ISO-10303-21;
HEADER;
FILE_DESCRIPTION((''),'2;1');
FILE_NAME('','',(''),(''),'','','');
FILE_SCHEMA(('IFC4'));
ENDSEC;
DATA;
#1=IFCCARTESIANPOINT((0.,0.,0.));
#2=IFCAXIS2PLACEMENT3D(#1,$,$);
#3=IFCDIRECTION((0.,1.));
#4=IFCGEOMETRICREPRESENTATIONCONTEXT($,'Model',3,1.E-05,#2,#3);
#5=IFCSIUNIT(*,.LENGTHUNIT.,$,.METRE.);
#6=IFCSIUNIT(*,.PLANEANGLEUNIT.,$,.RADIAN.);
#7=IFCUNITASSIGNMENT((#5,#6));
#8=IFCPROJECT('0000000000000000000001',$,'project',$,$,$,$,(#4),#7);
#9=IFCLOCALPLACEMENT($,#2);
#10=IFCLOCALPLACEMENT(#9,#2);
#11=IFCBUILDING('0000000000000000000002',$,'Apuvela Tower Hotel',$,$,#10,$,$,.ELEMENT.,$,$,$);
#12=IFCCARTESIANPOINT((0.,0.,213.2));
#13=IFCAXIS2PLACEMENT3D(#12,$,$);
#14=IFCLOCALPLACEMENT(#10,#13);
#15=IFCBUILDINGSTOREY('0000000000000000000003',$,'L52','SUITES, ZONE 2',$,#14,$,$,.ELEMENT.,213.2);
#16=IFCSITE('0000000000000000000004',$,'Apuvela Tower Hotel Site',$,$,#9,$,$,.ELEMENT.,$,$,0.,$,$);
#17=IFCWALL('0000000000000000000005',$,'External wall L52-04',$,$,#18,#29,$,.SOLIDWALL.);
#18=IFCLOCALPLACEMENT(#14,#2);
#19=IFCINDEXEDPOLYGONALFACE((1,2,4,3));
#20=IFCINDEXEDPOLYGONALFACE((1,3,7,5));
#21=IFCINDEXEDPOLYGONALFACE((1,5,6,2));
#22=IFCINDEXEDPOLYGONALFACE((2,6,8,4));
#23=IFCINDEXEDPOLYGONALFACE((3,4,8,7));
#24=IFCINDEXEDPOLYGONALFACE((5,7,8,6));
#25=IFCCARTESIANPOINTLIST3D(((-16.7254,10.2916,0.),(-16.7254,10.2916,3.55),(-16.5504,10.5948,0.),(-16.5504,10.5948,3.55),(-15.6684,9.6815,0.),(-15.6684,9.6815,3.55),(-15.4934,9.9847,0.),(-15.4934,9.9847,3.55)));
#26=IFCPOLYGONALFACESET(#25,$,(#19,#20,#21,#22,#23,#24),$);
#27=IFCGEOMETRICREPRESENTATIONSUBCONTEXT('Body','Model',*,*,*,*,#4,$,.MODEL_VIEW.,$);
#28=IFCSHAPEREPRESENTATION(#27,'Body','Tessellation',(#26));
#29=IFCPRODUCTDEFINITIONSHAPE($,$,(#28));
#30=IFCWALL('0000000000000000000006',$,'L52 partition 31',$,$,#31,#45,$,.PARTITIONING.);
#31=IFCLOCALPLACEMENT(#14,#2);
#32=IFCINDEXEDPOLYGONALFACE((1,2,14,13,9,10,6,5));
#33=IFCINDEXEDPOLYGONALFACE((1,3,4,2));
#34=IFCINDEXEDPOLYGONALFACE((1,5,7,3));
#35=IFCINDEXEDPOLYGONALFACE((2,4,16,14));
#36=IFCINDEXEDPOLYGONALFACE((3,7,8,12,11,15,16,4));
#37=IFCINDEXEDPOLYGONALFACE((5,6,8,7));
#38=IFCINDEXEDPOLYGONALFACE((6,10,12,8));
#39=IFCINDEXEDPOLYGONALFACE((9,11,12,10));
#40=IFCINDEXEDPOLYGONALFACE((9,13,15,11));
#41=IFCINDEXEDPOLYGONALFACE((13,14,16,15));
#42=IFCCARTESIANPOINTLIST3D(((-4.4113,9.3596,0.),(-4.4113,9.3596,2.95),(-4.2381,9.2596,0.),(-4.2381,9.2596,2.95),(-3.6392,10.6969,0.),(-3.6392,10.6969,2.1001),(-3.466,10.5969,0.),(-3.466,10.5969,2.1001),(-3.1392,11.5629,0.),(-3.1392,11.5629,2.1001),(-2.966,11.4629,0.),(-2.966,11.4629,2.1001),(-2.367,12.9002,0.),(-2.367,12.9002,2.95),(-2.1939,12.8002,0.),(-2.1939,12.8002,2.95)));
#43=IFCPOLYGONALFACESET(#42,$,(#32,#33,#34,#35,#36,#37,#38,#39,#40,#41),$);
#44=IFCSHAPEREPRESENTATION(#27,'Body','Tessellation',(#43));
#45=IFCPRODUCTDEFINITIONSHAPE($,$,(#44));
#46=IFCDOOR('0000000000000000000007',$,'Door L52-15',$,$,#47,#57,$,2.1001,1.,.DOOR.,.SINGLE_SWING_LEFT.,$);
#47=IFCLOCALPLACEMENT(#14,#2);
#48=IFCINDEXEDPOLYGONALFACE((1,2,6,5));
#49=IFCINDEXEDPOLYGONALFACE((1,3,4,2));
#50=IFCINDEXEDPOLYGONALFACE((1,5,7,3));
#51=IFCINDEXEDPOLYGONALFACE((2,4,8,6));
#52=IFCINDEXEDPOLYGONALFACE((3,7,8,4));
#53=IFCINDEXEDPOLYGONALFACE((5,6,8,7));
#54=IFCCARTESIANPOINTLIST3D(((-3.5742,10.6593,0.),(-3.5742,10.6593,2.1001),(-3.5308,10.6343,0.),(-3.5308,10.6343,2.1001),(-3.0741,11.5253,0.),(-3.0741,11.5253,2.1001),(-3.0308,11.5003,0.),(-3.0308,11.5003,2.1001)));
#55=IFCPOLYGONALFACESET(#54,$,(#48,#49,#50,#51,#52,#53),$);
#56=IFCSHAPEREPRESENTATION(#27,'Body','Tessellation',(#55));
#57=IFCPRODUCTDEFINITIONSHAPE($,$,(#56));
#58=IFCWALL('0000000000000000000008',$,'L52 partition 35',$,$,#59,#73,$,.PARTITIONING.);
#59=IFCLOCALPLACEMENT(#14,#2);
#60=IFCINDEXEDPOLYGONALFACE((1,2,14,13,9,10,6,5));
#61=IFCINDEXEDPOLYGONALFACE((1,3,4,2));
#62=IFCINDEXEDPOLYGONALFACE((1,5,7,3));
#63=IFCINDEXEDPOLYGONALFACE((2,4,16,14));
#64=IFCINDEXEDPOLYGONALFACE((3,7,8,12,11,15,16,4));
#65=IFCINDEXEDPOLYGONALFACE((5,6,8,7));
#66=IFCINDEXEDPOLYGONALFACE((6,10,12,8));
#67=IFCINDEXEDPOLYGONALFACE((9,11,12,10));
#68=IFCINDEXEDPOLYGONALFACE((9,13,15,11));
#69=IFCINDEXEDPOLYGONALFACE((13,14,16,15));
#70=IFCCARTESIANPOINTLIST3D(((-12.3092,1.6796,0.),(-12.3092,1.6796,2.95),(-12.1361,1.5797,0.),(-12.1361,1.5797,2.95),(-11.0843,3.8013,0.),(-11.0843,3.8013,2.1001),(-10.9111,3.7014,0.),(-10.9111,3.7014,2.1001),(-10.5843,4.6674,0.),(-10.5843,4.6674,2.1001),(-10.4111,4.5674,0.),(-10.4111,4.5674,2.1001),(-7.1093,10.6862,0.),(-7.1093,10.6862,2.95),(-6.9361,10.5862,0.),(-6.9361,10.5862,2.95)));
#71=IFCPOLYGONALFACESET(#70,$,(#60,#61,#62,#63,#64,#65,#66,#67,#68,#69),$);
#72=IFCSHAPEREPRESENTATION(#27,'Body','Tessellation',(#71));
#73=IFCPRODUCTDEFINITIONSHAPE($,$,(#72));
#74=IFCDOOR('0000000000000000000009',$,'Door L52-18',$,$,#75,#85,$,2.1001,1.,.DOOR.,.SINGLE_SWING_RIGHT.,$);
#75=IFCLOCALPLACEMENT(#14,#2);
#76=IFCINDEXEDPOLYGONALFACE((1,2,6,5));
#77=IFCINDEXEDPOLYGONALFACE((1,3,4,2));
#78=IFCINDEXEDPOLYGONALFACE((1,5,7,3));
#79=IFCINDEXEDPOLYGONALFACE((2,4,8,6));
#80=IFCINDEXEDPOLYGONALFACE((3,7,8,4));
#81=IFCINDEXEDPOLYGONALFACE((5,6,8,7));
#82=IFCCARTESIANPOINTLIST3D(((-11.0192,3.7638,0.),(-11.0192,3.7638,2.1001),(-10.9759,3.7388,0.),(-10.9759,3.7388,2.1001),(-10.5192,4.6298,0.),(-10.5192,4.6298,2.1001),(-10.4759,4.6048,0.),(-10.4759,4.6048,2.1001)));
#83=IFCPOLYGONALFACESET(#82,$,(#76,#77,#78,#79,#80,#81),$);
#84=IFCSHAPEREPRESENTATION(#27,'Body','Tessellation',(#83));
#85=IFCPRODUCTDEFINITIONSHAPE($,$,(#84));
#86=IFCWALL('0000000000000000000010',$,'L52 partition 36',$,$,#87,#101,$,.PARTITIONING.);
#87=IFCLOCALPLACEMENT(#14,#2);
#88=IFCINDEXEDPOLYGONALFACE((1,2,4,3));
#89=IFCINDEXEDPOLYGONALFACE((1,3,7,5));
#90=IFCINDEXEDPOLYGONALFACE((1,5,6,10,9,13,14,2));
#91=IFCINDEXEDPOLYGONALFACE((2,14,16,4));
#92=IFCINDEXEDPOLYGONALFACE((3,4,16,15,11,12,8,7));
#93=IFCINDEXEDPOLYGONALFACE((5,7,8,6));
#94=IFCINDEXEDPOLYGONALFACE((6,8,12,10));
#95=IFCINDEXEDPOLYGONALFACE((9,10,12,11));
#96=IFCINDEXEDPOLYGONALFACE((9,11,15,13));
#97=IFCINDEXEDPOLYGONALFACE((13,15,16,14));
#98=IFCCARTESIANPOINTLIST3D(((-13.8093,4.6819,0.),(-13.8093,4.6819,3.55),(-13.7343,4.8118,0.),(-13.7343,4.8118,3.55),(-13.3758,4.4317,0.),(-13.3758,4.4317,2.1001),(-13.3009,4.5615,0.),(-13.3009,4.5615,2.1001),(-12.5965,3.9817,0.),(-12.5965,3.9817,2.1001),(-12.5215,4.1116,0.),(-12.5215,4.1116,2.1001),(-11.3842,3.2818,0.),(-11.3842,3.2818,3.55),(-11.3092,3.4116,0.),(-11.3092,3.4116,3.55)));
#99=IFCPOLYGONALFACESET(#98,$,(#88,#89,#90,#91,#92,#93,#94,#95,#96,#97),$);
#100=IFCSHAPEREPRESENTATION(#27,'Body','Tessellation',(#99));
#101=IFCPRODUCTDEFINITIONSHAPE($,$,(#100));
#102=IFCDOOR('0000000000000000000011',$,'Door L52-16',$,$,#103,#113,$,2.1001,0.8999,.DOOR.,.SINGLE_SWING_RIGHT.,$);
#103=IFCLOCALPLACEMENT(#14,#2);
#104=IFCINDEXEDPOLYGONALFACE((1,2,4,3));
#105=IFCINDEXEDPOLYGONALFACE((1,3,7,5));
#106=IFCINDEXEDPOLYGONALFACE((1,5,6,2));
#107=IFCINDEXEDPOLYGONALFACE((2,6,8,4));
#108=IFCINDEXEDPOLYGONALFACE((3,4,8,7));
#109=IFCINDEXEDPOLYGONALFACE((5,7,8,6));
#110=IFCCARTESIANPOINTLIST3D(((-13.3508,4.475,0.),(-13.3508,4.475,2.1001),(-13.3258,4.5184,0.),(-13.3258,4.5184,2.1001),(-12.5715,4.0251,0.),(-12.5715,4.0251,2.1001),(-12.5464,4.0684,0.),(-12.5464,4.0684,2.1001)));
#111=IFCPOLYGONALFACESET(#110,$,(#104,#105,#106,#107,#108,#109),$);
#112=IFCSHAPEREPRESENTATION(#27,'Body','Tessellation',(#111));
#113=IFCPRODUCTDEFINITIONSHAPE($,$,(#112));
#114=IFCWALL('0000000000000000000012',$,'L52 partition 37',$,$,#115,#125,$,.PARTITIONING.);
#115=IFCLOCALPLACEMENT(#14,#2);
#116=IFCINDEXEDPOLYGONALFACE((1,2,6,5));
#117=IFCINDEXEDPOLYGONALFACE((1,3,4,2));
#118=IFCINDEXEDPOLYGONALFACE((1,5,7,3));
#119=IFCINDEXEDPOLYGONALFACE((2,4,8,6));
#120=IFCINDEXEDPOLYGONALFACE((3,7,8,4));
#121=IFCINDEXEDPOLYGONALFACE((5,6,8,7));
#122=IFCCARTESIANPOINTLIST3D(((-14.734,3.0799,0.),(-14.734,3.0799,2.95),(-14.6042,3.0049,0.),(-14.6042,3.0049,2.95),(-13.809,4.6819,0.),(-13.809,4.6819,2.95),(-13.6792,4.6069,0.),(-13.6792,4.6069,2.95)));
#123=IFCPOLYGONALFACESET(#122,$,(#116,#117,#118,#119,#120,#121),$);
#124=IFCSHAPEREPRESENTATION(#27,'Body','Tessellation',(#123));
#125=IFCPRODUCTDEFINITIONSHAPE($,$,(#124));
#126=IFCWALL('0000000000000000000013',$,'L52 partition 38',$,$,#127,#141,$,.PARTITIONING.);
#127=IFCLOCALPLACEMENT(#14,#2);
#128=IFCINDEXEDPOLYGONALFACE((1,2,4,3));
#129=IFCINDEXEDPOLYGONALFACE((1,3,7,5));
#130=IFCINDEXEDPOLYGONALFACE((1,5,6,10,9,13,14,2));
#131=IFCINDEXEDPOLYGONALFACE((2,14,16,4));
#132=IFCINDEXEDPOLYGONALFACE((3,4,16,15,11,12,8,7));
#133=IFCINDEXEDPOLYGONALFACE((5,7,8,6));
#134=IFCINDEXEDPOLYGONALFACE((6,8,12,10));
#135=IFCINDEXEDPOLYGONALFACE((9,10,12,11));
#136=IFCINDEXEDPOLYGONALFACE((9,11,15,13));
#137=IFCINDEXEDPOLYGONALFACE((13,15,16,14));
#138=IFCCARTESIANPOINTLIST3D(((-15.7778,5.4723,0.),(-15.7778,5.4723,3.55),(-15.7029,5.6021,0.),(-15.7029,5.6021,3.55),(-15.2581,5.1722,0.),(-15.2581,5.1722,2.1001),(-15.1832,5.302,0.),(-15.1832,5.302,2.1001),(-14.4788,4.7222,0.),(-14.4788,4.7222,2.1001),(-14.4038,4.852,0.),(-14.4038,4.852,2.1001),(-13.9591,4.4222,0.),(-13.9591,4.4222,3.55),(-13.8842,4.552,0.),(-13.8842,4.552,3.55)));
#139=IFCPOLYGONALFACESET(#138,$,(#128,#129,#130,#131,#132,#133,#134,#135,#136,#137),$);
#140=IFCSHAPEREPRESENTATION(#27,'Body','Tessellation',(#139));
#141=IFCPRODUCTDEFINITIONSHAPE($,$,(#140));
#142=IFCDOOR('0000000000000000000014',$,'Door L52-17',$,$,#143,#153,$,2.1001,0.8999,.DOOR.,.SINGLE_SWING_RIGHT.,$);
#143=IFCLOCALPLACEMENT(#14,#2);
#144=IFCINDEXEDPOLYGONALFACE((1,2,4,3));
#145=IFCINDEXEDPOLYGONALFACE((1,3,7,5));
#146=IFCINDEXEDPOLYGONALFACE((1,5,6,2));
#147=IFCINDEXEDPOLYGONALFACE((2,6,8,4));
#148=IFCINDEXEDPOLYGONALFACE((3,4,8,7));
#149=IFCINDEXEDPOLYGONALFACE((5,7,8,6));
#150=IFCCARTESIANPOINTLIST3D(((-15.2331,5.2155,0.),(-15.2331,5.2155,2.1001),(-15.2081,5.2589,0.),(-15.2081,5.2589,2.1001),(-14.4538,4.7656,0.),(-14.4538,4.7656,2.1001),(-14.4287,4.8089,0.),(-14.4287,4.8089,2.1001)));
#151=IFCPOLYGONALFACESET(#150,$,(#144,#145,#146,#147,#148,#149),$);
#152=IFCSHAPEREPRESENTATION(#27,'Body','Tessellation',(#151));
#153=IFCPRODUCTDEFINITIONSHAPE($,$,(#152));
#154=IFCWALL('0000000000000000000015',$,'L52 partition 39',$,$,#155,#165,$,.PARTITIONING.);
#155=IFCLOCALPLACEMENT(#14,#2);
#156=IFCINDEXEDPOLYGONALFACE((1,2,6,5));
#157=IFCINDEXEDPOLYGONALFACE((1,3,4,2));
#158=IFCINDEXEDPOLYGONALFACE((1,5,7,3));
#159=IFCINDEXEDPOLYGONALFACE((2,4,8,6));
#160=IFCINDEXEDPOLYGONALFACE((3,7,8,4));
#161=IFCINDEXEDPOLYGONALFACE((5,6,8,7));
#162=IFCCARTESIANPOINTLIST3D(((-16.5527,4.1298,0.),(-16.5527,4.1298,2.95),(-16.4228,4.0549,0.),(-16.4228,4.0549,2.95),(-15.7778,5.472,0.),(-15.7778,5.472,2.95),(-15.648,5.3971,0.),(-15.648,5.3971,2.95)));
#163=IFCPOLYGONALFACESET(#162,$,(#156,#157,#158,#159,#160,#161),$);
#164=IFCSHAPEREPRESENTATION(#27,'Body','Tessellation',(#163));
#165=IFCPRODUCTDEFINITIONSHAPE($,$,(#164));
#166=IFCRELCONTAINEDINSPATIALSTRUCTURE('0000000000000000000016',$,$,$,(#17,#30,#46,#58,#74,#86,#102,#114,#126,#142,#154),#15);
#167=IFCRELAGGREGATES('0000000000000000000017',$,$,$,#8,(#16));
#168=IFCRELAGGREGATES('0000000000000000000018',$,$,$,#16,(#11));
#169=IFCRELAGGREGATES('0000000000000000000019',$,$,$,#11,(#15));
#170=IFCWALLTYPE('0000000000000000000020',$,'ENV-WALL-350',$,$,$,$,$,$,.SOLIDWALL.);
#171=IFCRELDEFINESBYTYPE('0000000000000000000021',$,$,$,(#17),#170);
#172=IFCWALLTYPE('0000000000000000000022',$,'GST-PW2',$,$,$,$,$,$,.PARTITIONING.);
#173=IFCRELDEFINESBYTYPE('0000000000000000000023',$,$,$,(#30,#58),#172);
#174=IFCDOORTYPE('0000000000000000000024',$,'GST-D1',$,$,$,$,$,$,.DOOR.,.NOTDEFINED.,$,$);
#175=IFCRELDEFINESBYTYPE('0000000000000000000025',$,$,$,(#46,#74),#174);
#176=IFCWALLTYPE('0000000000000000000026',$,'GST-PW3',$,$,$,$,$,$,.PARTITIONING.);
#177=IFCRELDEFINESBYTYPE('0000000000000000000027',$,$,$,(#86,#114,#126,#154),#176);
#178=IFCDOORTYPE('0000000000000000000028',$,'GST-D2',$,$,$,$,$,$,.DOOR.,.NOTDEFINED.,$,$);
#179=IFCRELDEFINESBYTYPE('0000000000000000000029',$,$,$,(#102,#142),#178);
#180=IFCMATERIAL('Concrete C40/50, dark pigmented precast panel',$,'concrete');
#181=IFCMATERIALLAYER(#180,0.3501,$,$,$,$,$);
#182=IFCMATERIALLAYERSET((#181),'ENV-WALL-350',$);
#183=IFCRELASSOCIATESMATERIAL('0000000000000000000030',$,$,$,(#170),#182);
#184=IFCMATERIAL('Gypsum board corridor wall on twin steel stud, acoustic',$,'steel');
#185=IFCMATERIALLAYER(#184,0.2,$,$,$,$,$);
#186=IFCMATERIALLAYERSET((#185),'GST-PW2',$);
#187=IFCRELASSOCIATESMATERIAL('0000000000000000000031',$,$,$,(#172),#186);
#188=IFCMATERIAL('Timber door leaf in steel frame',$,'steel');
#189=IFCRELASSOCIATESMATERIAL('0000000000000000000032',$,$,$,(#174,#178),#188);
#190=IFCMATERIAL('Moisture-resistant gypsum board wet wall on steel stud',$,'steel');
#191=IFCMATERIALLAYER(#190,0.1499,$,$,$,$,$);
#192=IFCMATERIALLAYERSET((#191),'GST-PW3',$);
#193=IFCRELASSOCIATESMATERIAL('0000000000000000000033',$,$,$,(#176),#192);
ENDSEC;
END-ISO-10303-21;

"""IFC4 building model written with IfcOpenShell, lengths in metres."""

from ifc_helpers import new_model, si_unit, direction, frame, frame_2d, origin, place, context, subcontext, project, spatial, rectangle, extrude, material, layer, layer_set, type_object, element, fill, save


model = new_model("IFC4")

# Units and contexts
model_context = context("Model", 3, precision=1e-05, world=origin(), true_north=direction((0.0, 1.0)))
body_context = subcontext(model_context, "Body", "Model", "MODEL_VIEW")
ifc_project = project(units=[si_unit("LENGTHUNIT", "METRE"), si_unit("PLANEANGLEUNIT", "RADIAN")], contexts=[model_context])

# Site, building, storey
site_placement = place(None, origin())
site = spatial("IfcSite", under=ifc_project, at=site_placement, Name="Apuvela Tower Hotel Site", CompositionType="ELEMENT", RefElevation=0.0)
building_placement = place(site_placement, origin())
building = spatial("IfcBuilding", under=site, at=building_placement, Name="Apuvela Tower Hotel", CompositionType="ELEMENT")
storey_placement = place(building_placement, frame((0.0, 0.0, 213.2)))
storey = spatial("IfcBuildingStorey", under=building, at=storey_placement, Name="L52", Description="SUITES, ZONE 2", CompositionType="ELEMENT", Elevation=213.2)

# Wall
ifc_material_1 = material(Name="Concrete C40/50, dark pigmented precast panel", Category="concrete")
ifc_layer_1 = layer(ifc_material_1, 0.3501)
ifc_layer_set_1 = layer_set([ifc_layer_1], Name="ENV-WALL-350")
wall_type_1 = type_object("IfcWallType", Name="ENV-WALL-350", PredefinedType="SOLIDWALL", material=ifc_layer_set_1)
wall_1_placement = place(storey_placement, frame((-15.5808, 9.833, 0.0), z_axis=(0.0, 0.0, 1.0), x_axis=(-0.866056, 0.499948, 0.0)))
element("IfcWall", 1, at=wall_1_placement, inside=storey, type_object=wall_type_1, Name="External wall L52-04", PredefinedType="SOLIDWALL", context=body_context, shape_type="SweptSolid", body=[
    extrude(rectangle(XDim=1.2205, YDim=0.3501, at=frame_2d((0.6104, 0.0))), origin(), (0.0, 0.0, 1.0), 3.55),
])

# Walls, openings, doors
ifc_material_2 = material(Name="Gypsum board corridor wall on twin steel stud, acoustic", Category="steel")
ifc_layer_2 = layer(ifc_material_2, 0.2)
ifc_layer_set_2 = layer_set([ifc_layer_2], Name="GST-PW2")
wall_type_2 = type_object("IfcWallType", Name="GST-PW2", PredefinedType="PARTITIONING", material=ifc_layer_set_2)
wall_2_placement = place(storey_placement, frame((-4.3247, 9.3096, 0.0), z_axis=(0.0, 0.0, 1.0), x_axis=(0.500012, 0.866019, 0.0)))
wall_2 = element("IfcWall", 2, at=wall_2_placement, inside=storey, type_object=wall_type_2, Name="L52 partition 31", PredefinedType="PARTITIONING", context=body_context, shape_type="SweptSolid", body=[
    extrude(rectangle(XDim=4.0884, YDim=0.2, at=frame_2d((2.0442, 0.0))), origin(), (0.0, 0.0, 1.0), 2.95),
])
opening_1_placement = place(wall_2_placement, frame((1.5442, 0.0, 0.0)))
opening_1 = element("IfcOpeningElement", 3, at=opening_1_placement, cuts=wall_2, PredefinedType="OPENING", context=body_context, shape_type="SweptSolid", body=[
    extrude(rectangle(XDim=1.0, YDim=2.1001, at=frame_2d((0.5, 1.05))), frame((0.0, 0.1099, 0.0), z_axis=(0.0, -1.0, 0.0), x_axis=(1.0, 0.0, 0.0)), (0.0, 0.0, 1.0), 0.22),
])
ifc_material_3 = material(Name="Timber door leaf in steel frame", Category="steel")
door_type_1 = type_object("IfcDoorType", Name="GST-D1", OperationType="NOTDEFINED", PredefinedType="DOOR", material=ifc_material_3)
door_1_placement = place(opening_1_placement, origin())
door_1 = element("IfcDoor", 4, at=door_1_placement, inside=storey, type_object=door_type_1, Name="Door L52-15", OperationType="SINGLE_SWING_LEFT", OverallHeight=2.1001, OverallWidth=1.0, PredefinedType="DOOR", context=body_context, shape_type="SweptSolid", body=[
    extrude(rectangle(XDim=1.0, YDim=2.1001, at=frame_2d((0.5, 1.05))), frame((0.0, 0.0249, 0.0), z_axis=(0.0, -1.0, 0.0), x_axis=(1.0, 0.0, 0.0)), (0.0, 0.0, 1.0), 0.05),
])
fill(opening_1, door_1)
wall_3_placement = place(storey_placement, frame((-12.2227, 1.6296, 0.0), z_axis=(0.0, 0.0, 1.0), x_axis=(0.499999, 0.866026, 0.0)))
wall_3 = element("IfcWall", 5, at=wall_3_placement, inside=storey, type_object=wall_type_2, Name="L52 partition 35", PredefinedType="PARTITIONING", context=body_context, shape_type="SweptSolid", body=[
    extrude(rectangle(XDim=10.3999, YDim=0.2, at=frame_2d((5.2, 0.0))), origin(), (0.0, 0.0, 1.0), 2.95),
])
opening_2_placement = place(wall_3_placement, frame((2.45, 0.0, 0.0)))
opening_2 = element("IfcOpeningElement", 6, at=opening_2_placement, cuts=wall_3, PredefinedType="OPENING", context=body_context, shape_type="SweptSolid", body=[
    extrude(rectangle(XDim=1.0, YDim=2.1001, at=frame_2d((0.5, 1.05))), frame((0.0, 0.1099, 0.0), z_axis=(0.0, -1.0, 0.0), x_axis=(1.0, 0.0, 0.0)), (0.0, 0.0, 1.0), 0.22),
])
door_2_placement = place(opening_2_placement, origin())
door_2 = element("IfcDoor", 7, at=door_2_placement, inside=storey, type_object=door_type_1, Name="Door L52-18", OperationType="SINGLE_SWING_RIGHT", OverallHeight=2.1001, OverallWidth=1.0, PredefinedType="DOOR", context=body_context, shape_type="SweptSolid", body=[
    extrude(rectangle(XDim=1.0, YDim=2.1001, at=frame_2d((0.5, 1.05))), frame((0.0, 0.0249, 0.0), z_axis=(0.0, -1.0, 0.0), x_axis=(1.0, 0.0, 0.0)), (0.0, 0.0, 1.0), 0.05),
])
fill(opening_2, door_2)
ifc_material_4 = material(Name="Moisture-resistant gypsum board wet wall on steel stud", Category="steel")
ifc_layer_3 = layer(ifc_material_4, 0.1499)
ifc_layer_set_3 = layer_set([ifc_layer_3], Name="GST-PW3")
wall_type_3 = type_object("IfcWallType", Name="GST-PW3", PredefinedType="PARTITIONING", material=ifc_layer_set_3)
wall_4_placement = place(storey_placement, frame((-11.3467, 3.3467, 0.0), z_axis=(0.0, 0.0, 1.0), x_axis=(-0.866019, 0.500012, 0.0)))
wall_4 = element("IfcWall", 8, at=wall_4_placement, inside=storey, type_object=wall_type_3, Name="L52 partition 36", PredefinedType="PARTITIONING", context=body_context, shape_type="SweptSolid", body=[
    extrude(rectangle(XDim=2.8003, YDim=0.1499, at=frame_2d((1.4001, 0.0))), origin(), (0.0, 0.0, 1.0), 3.55),
])
opening_3_placement = place(wall_4_placement, frame((1.3999, 0.0, 0.0)))
opening_3 = element("IfcOpeningElement", 9, at=opening_3_placement, cuts=wall_4, PredefinedType="OPENING", context=body_context, shape_type="SweptSolid", body=[
    extrude(rectangle(XDim=0.8999, YDim=2.1001, at=frame_2d((0.45, 1.05))), frame((0.0, 0.085, 0.0), z_axis=(0.0, -1.0, 0.0), x_axis=(1.0, 0.0, 0.0)), (0.0, 0.0, 1.0), 0.1699),
])
door_type_2 = type_object("IfcDoorType", Name="GST-D2", OperationType="NOTDEFINED", PredefinedType="DOOR", material=ifc_material_3)
door_3_placement = place(opening_3_placement, origin())
door_3 = element("IfcDoor", 10, at=door_3_placement, inside=storey, type_object=door_type_2, Name="Door L52-16", OperationType="SINGLE_SWING_RIGHT", OverallHeight=2.1001, OverallWidth=0.8999, PredefinedType="DOOR", context=body_context, shape_type="SweptSolid", body=[
    extrude(rectangle(XDim=0.8999, YDim=2.1001, at=frame_2d((0.45, 1.05))), frame((0.0, 0.0249, 0.0), z_axis=(0.0, -1.0, 0.0), x_axis=(1.0, 0.0, 0.0)), (0.0, 0.0, 1.0), 0.05),
])
fill(opening_3, door_3)

# Wall
wall_5_placement = place(storey_placement, frame((-13.7441, 4.6443, 0.0), z_axis=(0.0, 0.0, 1.0), x_axis=(-0.500042, -0.866001, 0.0)))
element("IfcWall", 11, at=wall_5_placement, inside=storey, type_object=wall_type_3, Name="L52 partition 37", PredefinedType="PARTITIONING", context=body_context, shape_type="SweptSolid", body=[
    extrude(rectangle(XDim=1.8499, YDim=0.1499, at=frame_2d((0.9248, 0.0))), origin(), (0.0, 0.0, 1.0), 2.95),
])

# Wall, opening, door
wall_6_placement = place(storey_placement, frame((-13.9216, 4.4871, 0.0), z_axis=(0.0, 0.0, 1.0), x_axis=(-0.866009, 0.500028, 0.0)))
wall_6 = element("IfcWall", 12, at=wall_6_placement, inside=storey, type_object=wall_type_3, Name="L52 partition 38", PredefinedType="PARTITIONING", context=body_context, shape_type="SweptSolid", body=[
    extrude(rectangle(XDim=2.1001, YDim=0.1499, at=frame_2d((1.05, 0.0))), origin(), (0.0, 0.0, 1.0), 3.55),
])
opening_4_placement = place(wall_6_placement, frame((0.6001, 0.0, 0.0)))
opening_4 = element("IfcOpeningElement", 13, at=opening_4_placement, cuts=wall_6, PredefinedType="OPENING", context=body_context, shape_type="SweptSolid", body=[
    extrude(rectangle(XDim=0.8999, YDim=2.1001, at=frame_2d((0.45, 1.05))), frame((0.0, 0.085, 0.0), z_axis=(0.0, -1.0, 0.0), x_axis=(1.0, 0.0, 0.0)), (0.0, 0.0, 1.0), 0.1699),
])
door_4_placement = place(opening_4_placement, origin())
door_4 = element("IfcDoor", 14, at=door_4_placement, inside=storey, type_object=door_type_2, Name="Door L52-17", OperationType="SINGLE_SWING_RIGHT", OverallHeight=2.1001, OverallWidth=0.8999, PredefinedType="DOOR", context=body_context, shape_type="SweptSolid", body=[
    extrude(rectangle(XDim=0.8999, YDim=2.1001, at=frame_2d((0.45, 1.05))), frame((0.0, 0.0249, 0.0), z_axis=(0.0, -1.0, 0.0), x_axis=(1.0, 0.0, 0.0)), (0.0, 0.0, 1.0), 0.05),
])
fill(opening_4, door_4)

# Wall
wall_7_placement = place(storey_placement, frame((-15.7129, 5.4346, 0.0), z_axis=(0.0, 0.0, 1.0), x_axis=(-0.499968, -0.866044, 0.0)))
element("IfcWall", 15, at=wall_7_placement, inside=storey, type_object=wall_type_3, Name="L52 partition 39", PredefinedType="PARTITIONING", context=body_context, shape_type="SweptSolid", body=[
    extrude(rectangle(XDim=1.5498, YDim=0.1499, at=frame_2d((0.7749, 0.0))), origin(), (0.0, 0.0, 1.0), 2.95),
])

save(model, "model.ifc")
